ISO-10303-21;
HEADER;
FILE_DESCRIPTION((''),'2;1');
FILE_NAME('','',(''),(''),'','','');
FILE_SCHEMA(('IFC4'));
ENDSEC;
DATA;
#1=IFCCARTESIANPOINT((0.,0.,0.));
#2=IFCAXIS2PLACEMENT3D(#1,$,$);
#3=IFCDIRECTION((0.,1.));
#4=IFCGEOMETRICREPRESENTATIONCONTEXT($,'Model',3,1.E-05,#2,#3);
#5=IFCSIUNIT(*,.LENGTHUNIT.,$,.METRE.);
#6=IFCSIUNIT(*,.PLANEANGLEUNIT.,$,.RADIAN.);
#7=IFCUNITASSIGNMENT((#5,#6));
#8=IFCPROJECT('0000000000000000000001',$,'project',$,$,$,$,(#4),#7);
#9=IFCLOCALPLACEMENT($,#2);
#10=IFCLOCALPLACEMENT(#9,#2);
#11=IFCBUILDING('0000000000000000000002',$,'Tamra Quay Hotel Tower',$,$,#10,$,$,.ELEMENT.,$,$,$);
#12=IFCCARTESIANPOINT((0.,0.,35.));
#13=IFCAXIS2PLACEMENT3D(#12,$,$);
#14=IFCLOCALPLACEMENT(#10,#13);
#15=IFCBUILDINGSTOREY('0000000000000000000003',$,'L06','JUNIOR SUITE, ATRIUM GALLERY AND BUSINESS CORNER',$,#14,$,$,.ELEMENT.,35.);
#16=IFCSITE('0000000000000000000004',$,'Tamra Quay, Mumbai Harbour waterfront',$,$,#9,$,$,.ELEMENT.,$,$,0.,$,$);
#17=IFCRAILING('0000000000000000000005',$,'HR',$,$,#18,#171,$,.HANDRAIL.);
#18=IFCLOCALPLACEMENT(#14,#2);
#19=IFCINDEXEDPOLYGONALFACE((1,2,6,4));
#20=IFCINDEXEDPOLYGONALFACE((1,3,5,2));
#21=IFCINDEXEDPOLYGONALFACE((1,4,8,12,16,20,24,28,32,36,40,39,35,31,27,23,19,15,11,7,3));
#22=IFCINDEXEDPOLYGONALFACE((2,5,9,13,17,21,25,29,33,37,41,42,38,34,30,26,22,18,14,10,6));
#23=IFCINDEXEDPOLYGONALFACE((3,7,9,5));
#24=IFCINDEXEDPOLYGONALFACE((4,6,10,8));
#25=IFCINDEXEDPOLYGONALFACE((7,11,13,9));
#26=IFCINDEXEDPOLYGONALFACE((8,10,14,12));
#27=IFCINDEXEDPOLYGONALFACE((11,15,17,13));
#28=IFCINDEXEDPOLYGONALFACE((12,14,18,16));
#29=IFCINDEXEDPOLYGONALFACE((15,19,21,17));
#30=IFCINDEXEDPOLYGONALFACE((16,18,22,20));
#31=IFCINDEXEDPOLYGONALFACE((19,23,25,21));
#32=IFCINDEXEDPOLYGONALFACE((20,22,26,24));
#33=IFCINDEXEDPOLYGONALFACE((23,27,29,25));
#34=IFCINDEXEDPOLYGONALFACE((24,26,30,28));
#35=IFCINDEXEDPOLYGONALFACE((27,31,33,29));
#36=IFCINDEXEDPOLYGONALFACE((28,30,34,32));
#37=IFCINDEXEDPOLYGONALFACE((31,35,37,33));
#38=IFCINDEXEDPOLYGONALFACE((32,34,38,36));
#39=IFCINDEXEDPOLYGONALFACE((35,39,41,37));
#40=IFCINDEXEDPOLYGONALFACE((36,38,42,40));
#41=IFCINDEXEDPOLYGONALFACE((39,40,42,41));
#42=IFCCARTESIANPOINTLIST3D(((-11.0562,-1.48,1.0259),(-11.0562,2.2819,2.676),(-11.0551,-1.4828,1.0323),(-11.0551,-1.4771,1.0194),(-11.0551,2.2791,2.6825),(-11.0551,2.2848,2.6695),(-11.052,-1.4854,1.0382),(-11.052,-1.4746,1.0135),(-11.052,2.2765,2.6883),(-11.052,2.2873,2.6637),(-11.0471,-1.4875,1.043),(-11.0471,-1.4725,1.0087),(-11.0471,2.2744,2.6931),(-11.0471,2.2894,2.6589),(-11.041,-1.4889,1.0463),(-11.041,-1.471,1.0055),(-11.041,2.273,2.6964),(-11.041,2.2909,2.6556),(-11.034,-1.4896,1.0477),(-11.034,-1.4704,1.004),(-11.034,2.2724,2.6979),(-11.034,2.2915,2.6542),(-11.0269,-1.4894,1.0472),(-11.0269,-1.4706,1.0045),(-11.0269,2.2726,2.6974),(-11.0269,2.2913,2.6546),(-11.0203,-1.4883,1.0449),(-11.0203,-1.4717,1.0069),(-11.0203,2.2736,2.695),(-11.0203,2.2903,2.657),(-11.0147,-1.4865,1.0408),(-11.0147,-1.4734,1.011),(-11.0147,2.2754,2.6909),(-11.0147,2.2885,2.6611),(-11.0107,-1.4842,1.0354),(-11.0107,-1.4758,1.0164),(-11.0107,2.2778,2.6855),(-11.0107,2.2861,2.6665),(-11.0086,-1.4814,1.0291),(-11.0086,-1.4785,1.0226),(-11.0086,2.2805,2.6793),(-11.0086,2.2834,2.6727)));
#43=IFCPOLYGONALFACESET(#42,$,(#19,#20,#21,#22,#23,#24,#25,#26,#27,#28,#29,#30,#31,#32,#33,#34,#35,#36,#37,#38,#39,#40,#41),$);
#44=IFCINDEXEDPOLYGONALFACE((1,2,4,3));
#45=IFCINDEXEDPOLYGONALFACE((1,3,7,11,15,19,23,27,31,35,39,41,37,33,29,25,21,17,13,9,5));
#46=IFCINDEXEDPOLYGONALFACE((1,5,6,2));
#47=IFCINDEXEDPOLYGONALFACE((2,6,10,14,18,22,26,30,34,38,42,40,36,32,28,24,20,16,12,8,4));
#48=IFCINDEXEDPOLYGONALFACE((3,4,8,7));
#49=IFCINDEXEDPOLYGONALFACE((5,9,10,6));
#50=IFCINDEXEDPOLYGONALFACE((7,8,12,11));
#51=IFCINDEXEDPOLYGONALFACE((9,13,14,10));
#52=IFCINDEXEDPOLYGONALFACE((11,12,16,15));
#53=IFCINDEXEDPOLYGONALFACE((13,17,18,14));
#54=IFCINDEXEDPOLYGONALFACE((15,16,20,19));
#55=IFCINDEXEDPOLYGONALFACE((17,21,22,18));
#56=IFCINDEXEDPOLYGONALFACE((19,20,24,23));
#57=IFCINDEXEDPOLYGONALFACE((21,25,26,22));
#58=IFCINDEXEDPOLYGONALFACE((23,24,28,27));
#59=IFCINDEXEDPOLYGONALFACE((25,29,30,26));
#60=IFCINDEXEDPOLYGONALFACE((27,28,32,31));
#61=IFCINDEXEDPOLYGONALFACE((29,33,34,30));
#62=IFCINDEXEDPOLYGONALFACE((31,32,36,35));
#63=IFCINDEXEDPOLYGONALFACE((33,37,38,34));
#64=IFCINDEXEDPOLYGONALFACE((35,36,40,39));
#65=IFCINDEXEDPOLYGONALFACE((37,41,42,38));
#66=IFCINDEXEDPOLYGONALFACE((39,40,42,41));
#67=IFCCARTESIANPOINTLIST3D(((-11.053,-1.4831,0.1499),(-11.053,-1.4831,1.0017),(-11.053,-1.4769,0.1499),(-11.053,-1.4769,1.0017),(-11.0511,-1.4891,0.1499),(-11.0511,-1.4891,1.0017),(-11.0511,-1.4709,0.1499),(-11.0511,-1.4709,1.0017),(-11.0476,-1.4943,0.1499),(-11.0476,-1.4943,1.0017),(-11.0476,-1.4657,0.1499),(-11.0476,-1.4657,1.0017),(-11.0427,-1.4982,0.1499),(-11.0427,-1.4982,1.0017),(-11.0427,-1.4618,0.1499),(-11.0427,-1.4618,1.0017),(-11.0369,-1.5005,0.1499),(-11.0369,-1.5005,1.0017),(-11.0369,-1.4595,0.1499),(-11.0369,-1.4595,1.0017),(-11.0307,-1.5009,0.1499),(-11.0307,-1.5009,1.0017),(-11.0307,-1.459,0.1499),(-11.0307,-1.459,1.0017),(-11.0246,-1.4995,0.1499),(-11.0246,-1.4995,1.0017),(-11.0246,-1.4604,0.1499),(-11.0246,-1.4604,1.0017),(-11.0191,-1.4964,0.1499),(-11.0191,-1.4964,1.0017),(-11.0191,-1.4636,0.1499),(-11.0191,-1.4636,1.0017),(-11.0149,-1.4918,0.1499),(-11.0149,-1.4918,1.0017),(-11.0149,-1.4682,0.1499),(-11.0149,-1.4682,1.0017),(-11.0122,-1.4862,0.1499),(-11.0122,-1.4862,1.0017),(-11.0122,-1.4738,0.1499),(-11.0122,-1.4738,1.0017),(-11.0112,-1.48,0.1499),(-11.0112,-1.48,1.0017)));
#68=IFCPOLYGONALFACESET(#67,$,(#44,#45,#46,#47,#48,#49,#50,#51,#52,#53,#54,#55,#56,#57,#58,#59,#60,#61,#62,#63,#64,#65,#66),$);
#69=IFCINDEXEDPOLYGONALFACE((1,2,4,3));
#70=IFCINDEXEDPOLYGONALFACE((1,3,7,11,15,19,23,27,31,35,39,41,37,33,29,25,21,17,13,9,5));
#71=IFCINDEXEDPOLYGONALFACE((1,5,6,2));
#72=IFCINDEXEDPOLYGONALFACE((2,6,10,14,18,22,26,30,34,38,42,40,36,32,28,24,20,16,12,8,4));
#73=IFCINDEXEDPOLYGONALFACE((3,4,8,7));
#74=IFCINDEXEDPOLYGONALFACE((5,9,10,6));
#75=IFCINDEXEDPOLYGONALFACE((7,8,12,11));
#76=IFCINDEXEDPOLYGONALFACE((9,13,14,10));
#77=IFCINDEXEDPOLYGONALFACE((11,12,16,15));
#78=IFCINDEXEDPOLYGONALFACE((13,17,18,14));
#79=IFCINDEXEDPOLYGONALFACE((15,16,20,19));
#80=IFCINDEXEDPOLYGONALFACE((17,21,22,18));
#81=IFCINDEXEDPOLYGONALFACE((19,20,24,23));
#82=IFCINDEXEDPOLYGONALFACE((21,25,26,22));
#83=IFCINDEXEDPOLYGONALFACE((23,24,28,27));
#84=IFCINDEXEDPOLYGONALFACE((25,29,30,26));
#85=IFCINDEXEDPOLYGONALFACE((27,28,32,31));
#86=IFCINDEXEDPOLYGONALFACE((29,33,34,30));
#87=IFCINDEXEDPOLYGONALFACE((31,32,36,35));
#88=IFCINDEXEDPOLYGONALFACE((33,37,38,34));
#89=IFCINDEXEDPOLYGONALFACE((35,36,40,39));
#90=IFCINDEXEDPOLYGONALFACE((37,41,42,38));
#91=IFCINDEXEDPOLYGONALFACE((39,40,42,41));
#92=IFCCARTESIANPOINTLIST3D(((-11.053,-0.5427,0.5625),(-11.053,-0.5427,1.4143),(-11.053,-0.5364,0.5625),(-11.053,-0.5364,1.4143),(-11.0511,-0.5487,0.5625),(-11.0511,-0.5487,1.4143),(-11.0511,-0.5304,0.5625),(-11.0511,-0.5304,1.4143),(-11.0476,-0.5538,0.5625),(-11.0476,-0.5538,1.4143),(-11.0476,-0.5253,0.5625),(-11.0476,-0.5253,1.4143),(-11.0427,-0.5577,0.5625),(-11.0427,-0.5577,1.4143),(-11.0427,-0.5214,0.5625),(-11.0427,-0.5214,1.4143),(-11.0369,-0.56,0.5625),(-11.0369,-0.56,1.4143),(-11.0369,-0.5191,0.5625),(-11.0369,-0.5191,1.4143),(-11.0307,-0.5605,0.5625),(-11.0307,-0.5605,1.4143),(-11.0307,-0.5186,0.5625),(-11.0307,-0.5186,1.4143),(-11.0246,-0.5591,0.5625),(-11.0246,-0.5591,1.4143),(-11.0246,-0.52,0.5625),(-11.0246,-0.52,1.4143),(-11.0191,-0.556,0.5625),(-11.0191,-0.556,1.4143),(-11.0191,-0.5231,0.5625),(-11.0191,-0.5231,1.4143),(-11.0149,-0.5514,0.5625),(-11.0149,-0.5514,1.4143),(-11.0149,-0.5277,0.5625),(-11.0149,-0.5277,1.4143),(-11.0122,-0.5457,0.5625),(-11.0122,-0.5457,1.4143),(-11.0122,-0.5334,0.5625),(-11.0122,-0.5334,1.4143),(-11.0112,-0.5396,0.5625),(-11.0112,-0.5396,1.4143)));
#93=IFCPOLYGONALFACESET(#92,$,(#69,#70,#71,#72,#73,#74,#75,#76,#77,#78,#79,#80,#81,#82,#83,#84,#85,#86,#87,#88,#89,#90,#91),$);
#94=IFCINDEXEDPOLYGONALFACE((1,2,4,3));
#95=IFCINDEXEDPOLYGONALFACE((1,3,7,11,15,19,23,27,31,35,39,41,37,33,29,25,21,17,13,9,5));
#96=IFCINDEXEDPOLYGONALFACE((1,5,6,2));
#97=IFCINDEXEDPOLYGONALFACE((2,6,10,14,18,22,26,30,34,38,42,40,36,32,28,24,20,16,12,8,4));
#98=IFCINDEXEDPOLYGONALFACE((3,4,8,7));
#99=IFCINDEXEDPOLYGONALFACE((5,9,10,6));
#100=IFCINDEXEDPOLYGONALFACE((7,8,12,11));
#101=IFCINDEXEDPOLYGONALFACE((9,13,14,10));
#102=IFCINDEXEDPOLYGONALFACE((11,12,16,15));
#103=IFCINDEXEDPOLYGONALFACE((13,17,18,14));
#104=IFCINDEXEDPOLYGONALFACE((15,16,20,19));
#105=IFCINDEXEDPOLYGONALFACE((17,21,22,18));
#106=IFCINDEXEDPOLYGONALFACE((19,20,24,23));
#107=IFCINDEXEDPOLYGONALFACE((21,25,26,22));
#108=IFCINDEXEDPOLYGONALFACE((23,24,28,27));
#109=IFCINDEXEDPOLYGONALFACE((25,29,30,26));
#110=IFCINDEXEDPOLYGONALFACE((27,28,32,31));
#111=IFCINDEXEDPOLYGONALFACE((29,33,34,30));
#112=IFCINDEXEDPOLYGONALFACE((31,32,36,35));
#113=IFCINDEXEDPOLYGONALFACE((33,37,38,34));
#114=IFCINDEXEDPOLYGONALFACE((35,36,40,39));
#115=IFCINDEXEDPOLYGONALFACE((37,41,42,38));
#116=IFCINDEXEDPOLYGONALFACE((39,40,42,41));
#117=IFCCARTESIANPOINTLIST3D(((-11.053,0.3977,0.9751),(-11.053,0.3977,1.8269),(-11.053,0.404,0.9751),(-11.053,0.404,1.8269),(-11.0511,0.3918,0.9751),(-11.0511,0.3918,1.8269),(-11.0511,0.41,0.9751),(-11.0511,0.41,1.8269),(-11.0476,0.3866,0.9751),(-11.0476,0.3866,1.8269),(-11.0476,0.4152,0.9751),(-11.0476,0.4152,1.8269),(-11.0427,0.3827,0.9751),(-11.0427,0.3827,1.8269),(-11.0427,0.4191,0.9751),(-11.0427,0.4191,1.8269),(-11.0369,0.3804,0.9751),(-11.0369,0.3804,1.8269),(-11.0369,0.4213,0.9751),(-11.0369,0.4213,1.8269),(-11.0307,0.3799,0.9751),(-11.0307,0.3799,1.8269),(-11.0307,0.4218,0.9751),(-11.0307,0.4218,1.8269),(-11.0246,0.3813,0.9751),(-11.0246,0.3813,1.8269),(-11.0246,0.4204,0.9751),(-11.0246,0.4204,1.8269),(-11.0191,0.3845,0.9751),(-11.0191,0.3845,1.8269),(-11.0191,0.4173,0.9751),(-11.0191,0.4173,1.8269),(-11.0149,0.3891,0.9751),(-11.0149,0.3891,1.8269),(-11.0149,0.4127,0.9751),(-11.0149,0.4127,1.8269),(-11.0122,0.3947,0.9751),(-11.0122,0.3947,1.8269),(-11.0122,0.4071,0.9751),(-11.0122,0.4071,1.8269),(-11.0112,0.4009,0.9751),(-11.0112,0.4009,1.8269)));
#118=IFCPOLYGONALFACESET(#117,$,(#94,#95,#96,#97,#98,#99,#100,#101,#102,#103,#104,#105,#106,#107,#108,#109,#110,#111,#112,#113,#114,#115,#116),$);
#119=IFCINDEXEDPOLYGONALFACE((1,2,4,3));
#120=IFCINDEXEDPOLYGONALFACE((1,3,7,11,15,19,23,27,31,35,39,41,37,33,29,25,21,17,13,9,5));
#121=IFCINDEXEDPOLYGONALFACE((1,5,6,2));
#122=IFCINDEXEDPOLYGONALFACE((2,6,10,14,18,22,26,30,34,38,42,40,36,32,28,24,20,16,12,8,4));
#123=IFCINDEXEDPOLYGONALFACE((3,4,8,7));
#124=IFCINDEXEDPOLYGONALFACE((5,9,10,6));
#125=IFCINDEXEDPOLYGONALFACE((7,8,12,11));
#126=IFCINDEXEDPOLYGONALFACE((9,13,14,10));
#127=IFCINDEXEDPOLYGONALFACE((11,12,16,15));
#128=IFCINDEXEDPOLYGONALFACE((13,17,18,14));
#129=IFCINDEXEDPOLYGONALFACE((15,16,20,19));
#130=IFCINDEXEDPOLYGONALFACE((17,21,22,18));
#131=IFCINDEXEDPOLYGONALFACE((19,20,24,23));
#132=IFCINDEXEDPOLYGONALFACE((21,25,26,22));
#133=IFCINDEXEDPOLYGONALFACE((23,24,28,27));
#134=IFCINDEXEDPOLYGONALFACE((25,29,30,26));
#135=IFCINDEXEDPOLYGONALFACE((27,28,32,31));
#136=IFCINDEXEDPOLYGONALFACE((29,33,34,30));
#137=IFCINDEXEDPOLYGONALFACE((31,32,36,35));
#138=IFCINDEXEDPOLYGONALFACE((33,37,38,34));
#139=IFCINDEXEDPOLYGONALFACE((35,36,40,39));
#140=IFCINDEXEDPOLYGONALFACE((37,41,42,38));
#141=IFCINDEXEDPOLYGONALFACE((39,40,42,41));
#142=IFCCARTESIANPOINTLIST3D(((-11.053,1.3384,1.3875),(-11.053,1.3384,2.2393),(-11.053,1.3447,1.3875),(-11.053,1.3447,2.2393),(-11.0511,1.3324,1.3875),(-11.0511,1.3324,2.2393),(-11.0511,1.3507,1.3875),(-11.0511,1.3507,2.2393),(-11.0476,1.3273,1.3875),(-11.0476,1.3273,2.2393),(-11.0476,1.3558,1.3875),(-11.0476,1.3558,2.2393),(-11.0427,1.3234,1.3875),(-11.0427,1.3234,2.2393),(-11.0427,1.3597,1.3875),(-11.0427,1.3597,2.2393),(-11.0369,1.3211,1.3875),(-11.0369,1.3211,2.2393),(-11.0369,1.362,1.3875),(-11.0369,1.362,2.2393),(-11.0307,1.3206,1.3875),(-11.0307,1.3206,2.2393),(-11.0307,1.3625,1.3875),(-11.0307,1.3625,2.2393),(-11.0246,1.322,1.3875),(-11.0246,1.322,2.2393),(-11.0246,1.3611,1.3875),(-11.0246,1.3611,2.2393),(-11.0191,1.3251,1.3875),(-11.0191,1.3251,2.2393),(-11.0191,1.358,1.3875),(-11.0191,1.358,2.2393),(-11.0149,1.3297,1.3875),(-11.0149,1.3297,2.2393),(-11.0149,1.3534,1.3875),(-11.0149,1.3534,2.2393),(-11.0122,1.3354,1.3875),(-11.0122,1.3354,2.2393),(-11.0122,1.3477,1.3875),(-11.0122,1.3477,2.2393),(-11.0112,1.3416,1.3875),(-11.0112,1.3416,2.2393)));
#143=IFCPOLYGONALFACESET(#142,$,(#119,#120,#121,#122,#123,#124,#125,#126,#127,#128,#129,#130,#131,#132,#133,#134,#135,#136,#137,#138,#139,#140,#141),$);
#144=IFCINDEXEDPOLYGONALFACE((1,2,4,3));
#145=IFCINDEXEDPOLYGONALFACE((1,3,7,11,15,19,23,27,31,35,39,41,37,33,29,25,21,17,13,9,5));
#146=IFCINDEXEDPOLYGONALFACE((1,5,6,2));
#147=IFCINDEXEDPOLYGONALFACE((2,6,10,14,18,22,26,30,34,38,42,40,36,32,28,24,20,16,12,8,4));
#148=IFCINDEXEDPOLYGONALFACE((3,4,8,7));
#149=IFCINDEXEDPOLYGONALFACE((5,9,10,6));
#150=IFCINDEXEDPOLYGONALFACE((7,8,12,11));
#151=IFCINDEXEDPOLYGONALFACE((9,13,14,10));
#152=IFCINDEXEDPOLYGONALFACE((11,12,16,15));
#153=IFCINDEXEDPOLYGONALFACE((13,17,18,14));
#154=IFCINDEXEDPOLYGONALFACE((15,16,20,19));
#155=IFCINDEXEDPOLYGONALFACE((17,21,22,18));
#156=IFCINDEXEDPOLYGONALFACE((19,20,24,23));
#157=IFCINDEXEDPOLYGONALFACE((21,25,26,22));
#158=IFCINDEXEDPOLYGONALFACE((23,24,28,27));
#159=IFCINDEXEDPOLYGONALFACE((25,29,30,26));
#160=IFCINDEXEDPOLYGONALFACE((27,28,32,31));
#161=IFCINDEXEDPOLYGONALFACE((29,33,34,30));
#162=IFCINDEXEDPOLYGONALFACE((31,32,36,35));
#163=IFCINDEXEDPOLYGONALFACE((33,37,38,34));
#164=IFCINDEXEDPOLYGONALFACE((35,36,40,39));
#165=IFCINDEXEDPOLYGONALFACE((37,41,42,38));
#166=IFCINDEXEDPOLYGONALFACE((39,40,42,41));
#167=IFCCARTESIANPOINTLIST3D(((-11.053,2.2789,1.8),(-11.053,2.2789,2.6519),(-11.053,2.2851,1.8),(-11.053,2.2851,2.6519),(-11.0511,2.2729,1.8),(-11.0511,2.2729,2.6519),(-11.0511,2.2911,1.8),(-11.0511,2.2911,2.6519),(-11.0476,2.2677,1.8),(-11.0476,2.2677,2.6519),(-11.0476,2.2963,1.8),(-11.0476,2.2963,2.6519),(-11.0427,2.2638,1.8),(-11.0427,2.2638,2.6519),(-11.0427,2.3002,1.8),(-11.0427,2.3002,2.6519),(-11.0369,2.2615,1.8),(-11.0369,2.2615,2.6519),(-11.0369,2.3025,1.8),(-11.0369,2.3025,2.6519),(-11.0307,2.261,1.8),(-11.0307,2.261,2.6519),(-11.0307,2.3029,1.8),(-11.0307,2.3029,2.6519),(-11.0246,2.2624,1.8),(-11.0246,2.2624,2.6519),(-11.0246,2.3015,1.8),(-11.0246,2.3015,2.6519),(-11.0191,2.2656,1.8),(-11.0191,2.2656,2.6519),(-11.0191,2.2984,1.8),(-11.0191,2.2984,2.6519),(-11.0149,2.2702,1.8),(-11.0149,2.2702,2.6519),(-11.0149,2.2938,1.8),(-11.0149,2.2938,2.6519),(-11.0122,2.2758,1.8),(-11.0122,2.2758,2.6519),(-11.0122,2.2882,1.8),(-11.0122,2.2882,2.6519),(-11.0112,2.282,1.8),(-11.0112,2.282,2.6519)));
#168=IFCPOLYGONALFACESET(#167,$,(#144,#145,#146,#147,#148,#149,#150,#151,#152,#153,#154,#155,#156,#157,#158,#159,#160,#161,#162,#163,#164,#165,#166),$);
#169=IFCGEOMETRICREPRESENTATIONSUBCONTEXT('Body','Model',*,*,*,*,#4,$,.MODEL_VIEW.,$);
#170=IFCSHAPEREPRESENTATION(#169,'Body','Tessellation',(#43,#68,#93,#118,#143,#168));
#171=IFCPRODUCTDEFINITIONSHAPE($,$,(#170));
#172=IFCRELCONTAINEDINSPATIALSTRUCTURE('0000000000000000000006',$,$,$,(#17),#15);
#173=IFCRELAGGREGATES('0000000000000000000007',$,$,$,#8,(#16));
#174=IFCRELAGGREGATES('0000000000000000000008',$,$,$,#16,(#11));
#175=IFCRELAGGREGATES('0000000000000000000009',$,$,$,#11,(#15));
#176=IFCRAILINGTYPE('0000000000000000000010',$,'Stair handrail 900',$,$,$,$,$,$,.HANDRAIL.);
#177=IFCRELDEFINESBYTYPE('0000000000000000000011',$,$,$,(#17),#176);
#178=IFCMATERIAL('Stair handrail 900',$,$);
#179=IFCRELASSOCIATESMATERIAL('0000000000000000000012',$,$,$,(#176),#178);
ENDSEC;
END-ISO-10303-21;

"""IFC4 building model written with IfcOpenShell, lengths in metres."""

from ifc_helpers import new_model, si_unit, direction, frame, origin, origin_2d, place, context, subcontext, project, spatial, circle, extrude, material, type_object, element, save


model = new_model("IFC4")

# Units and contexts
model_context = context("Model", 3, precision=1e-05, world=origin(), true_north=direction((0.0, 1.0)))
body_context = subcontext(model_context, "Body", "Model", "MODEL_VIEW")
ifc_project = project(units=[si_unit("LENGTHUNIT", "METRE"), si_unit("PLANEANGLEUNIT", "RADIAN")], contexts=[model_context])

# Site, building, storey
site_placement = place(None, origin())
site = spatial("IfcSite", under=ifc_project, at=site_placement, Name="Tamra Quay, Mumbai Harbour waterfront", CompositionType="ELEMENT", RefElevation=0.0)
building_placement = place(site_placement, origin())
building = spatial("IfcBuilding", under=site, at=building_placement, Name="Tamra Quay Hotel Tower", CompositionType="ELEMENT")
storey_placement = place(building_placement, frame((0.0, 0.0, 35.0)))
storey = spatial("IfcBuildingStorey", under=building, at=storey_placement, Name="L06", Description="JUNIOR SUITE, ATRIUM GALLERY AND BUSINESS CORNER", CompositionType="ELEMENT", Elevation=35.0)

# Railing
ifc_material_1 = material(Name="Stair handrail 900")
railing_type = type_object("IfcRailingType", Name="Stair handrail 900", PredefinedType="HANDRAIL", material=ifc_material_1)
railing_placement = place(storey_placement, frame((-11.0322, -1.48, 0.1499)))
element("IfcRailing", 1, at=railing_placement, inside=storey, type_object=railing_type, Name="HR", PredefinedType="HANDRAIL", context=body_context, shape_type="SweptSolid", body=[
    extrude(circle(Radius=0.0239, at=origin_2d()), frame((0.0, 0.0, 0.876), z_axis=(0.0, 0.915774, 0.401695), x_axis=(-1.0, 0.0, 0.0)), (0.0, 0.0, 1.0), 4.1079),
    extrude(circle(Radius=0.021, at=origin_2d()), origin(), (0.0, 0.0, 1.0), 0.8518),
    extrude(circle(Radius=0.021, at=origin_2d()), frame((0.0, 0.9404, 0.4126)), (0.0, 0.0, 1.0), 0.8518),
    extrude(circle(Radius=0.021, at=origin_2d()), frame((0.0, 1.8809, 0.8252)), (0.0, 0.0, 1.0), 0.8518),
    extrude(circle(Radius=0.021, at=origin_2d()), frame((0.0, 2.8215, 1.2375)), (0.0, 0.0, 1.0), 0.8518),
    extrude(circle(Radius=0.021, at=origin_2d()), frame((0.0, 3.762, 1.6501)), (0.0, 0.0, 1.0), 0.8518),
])

save(model, "model.ifc")
